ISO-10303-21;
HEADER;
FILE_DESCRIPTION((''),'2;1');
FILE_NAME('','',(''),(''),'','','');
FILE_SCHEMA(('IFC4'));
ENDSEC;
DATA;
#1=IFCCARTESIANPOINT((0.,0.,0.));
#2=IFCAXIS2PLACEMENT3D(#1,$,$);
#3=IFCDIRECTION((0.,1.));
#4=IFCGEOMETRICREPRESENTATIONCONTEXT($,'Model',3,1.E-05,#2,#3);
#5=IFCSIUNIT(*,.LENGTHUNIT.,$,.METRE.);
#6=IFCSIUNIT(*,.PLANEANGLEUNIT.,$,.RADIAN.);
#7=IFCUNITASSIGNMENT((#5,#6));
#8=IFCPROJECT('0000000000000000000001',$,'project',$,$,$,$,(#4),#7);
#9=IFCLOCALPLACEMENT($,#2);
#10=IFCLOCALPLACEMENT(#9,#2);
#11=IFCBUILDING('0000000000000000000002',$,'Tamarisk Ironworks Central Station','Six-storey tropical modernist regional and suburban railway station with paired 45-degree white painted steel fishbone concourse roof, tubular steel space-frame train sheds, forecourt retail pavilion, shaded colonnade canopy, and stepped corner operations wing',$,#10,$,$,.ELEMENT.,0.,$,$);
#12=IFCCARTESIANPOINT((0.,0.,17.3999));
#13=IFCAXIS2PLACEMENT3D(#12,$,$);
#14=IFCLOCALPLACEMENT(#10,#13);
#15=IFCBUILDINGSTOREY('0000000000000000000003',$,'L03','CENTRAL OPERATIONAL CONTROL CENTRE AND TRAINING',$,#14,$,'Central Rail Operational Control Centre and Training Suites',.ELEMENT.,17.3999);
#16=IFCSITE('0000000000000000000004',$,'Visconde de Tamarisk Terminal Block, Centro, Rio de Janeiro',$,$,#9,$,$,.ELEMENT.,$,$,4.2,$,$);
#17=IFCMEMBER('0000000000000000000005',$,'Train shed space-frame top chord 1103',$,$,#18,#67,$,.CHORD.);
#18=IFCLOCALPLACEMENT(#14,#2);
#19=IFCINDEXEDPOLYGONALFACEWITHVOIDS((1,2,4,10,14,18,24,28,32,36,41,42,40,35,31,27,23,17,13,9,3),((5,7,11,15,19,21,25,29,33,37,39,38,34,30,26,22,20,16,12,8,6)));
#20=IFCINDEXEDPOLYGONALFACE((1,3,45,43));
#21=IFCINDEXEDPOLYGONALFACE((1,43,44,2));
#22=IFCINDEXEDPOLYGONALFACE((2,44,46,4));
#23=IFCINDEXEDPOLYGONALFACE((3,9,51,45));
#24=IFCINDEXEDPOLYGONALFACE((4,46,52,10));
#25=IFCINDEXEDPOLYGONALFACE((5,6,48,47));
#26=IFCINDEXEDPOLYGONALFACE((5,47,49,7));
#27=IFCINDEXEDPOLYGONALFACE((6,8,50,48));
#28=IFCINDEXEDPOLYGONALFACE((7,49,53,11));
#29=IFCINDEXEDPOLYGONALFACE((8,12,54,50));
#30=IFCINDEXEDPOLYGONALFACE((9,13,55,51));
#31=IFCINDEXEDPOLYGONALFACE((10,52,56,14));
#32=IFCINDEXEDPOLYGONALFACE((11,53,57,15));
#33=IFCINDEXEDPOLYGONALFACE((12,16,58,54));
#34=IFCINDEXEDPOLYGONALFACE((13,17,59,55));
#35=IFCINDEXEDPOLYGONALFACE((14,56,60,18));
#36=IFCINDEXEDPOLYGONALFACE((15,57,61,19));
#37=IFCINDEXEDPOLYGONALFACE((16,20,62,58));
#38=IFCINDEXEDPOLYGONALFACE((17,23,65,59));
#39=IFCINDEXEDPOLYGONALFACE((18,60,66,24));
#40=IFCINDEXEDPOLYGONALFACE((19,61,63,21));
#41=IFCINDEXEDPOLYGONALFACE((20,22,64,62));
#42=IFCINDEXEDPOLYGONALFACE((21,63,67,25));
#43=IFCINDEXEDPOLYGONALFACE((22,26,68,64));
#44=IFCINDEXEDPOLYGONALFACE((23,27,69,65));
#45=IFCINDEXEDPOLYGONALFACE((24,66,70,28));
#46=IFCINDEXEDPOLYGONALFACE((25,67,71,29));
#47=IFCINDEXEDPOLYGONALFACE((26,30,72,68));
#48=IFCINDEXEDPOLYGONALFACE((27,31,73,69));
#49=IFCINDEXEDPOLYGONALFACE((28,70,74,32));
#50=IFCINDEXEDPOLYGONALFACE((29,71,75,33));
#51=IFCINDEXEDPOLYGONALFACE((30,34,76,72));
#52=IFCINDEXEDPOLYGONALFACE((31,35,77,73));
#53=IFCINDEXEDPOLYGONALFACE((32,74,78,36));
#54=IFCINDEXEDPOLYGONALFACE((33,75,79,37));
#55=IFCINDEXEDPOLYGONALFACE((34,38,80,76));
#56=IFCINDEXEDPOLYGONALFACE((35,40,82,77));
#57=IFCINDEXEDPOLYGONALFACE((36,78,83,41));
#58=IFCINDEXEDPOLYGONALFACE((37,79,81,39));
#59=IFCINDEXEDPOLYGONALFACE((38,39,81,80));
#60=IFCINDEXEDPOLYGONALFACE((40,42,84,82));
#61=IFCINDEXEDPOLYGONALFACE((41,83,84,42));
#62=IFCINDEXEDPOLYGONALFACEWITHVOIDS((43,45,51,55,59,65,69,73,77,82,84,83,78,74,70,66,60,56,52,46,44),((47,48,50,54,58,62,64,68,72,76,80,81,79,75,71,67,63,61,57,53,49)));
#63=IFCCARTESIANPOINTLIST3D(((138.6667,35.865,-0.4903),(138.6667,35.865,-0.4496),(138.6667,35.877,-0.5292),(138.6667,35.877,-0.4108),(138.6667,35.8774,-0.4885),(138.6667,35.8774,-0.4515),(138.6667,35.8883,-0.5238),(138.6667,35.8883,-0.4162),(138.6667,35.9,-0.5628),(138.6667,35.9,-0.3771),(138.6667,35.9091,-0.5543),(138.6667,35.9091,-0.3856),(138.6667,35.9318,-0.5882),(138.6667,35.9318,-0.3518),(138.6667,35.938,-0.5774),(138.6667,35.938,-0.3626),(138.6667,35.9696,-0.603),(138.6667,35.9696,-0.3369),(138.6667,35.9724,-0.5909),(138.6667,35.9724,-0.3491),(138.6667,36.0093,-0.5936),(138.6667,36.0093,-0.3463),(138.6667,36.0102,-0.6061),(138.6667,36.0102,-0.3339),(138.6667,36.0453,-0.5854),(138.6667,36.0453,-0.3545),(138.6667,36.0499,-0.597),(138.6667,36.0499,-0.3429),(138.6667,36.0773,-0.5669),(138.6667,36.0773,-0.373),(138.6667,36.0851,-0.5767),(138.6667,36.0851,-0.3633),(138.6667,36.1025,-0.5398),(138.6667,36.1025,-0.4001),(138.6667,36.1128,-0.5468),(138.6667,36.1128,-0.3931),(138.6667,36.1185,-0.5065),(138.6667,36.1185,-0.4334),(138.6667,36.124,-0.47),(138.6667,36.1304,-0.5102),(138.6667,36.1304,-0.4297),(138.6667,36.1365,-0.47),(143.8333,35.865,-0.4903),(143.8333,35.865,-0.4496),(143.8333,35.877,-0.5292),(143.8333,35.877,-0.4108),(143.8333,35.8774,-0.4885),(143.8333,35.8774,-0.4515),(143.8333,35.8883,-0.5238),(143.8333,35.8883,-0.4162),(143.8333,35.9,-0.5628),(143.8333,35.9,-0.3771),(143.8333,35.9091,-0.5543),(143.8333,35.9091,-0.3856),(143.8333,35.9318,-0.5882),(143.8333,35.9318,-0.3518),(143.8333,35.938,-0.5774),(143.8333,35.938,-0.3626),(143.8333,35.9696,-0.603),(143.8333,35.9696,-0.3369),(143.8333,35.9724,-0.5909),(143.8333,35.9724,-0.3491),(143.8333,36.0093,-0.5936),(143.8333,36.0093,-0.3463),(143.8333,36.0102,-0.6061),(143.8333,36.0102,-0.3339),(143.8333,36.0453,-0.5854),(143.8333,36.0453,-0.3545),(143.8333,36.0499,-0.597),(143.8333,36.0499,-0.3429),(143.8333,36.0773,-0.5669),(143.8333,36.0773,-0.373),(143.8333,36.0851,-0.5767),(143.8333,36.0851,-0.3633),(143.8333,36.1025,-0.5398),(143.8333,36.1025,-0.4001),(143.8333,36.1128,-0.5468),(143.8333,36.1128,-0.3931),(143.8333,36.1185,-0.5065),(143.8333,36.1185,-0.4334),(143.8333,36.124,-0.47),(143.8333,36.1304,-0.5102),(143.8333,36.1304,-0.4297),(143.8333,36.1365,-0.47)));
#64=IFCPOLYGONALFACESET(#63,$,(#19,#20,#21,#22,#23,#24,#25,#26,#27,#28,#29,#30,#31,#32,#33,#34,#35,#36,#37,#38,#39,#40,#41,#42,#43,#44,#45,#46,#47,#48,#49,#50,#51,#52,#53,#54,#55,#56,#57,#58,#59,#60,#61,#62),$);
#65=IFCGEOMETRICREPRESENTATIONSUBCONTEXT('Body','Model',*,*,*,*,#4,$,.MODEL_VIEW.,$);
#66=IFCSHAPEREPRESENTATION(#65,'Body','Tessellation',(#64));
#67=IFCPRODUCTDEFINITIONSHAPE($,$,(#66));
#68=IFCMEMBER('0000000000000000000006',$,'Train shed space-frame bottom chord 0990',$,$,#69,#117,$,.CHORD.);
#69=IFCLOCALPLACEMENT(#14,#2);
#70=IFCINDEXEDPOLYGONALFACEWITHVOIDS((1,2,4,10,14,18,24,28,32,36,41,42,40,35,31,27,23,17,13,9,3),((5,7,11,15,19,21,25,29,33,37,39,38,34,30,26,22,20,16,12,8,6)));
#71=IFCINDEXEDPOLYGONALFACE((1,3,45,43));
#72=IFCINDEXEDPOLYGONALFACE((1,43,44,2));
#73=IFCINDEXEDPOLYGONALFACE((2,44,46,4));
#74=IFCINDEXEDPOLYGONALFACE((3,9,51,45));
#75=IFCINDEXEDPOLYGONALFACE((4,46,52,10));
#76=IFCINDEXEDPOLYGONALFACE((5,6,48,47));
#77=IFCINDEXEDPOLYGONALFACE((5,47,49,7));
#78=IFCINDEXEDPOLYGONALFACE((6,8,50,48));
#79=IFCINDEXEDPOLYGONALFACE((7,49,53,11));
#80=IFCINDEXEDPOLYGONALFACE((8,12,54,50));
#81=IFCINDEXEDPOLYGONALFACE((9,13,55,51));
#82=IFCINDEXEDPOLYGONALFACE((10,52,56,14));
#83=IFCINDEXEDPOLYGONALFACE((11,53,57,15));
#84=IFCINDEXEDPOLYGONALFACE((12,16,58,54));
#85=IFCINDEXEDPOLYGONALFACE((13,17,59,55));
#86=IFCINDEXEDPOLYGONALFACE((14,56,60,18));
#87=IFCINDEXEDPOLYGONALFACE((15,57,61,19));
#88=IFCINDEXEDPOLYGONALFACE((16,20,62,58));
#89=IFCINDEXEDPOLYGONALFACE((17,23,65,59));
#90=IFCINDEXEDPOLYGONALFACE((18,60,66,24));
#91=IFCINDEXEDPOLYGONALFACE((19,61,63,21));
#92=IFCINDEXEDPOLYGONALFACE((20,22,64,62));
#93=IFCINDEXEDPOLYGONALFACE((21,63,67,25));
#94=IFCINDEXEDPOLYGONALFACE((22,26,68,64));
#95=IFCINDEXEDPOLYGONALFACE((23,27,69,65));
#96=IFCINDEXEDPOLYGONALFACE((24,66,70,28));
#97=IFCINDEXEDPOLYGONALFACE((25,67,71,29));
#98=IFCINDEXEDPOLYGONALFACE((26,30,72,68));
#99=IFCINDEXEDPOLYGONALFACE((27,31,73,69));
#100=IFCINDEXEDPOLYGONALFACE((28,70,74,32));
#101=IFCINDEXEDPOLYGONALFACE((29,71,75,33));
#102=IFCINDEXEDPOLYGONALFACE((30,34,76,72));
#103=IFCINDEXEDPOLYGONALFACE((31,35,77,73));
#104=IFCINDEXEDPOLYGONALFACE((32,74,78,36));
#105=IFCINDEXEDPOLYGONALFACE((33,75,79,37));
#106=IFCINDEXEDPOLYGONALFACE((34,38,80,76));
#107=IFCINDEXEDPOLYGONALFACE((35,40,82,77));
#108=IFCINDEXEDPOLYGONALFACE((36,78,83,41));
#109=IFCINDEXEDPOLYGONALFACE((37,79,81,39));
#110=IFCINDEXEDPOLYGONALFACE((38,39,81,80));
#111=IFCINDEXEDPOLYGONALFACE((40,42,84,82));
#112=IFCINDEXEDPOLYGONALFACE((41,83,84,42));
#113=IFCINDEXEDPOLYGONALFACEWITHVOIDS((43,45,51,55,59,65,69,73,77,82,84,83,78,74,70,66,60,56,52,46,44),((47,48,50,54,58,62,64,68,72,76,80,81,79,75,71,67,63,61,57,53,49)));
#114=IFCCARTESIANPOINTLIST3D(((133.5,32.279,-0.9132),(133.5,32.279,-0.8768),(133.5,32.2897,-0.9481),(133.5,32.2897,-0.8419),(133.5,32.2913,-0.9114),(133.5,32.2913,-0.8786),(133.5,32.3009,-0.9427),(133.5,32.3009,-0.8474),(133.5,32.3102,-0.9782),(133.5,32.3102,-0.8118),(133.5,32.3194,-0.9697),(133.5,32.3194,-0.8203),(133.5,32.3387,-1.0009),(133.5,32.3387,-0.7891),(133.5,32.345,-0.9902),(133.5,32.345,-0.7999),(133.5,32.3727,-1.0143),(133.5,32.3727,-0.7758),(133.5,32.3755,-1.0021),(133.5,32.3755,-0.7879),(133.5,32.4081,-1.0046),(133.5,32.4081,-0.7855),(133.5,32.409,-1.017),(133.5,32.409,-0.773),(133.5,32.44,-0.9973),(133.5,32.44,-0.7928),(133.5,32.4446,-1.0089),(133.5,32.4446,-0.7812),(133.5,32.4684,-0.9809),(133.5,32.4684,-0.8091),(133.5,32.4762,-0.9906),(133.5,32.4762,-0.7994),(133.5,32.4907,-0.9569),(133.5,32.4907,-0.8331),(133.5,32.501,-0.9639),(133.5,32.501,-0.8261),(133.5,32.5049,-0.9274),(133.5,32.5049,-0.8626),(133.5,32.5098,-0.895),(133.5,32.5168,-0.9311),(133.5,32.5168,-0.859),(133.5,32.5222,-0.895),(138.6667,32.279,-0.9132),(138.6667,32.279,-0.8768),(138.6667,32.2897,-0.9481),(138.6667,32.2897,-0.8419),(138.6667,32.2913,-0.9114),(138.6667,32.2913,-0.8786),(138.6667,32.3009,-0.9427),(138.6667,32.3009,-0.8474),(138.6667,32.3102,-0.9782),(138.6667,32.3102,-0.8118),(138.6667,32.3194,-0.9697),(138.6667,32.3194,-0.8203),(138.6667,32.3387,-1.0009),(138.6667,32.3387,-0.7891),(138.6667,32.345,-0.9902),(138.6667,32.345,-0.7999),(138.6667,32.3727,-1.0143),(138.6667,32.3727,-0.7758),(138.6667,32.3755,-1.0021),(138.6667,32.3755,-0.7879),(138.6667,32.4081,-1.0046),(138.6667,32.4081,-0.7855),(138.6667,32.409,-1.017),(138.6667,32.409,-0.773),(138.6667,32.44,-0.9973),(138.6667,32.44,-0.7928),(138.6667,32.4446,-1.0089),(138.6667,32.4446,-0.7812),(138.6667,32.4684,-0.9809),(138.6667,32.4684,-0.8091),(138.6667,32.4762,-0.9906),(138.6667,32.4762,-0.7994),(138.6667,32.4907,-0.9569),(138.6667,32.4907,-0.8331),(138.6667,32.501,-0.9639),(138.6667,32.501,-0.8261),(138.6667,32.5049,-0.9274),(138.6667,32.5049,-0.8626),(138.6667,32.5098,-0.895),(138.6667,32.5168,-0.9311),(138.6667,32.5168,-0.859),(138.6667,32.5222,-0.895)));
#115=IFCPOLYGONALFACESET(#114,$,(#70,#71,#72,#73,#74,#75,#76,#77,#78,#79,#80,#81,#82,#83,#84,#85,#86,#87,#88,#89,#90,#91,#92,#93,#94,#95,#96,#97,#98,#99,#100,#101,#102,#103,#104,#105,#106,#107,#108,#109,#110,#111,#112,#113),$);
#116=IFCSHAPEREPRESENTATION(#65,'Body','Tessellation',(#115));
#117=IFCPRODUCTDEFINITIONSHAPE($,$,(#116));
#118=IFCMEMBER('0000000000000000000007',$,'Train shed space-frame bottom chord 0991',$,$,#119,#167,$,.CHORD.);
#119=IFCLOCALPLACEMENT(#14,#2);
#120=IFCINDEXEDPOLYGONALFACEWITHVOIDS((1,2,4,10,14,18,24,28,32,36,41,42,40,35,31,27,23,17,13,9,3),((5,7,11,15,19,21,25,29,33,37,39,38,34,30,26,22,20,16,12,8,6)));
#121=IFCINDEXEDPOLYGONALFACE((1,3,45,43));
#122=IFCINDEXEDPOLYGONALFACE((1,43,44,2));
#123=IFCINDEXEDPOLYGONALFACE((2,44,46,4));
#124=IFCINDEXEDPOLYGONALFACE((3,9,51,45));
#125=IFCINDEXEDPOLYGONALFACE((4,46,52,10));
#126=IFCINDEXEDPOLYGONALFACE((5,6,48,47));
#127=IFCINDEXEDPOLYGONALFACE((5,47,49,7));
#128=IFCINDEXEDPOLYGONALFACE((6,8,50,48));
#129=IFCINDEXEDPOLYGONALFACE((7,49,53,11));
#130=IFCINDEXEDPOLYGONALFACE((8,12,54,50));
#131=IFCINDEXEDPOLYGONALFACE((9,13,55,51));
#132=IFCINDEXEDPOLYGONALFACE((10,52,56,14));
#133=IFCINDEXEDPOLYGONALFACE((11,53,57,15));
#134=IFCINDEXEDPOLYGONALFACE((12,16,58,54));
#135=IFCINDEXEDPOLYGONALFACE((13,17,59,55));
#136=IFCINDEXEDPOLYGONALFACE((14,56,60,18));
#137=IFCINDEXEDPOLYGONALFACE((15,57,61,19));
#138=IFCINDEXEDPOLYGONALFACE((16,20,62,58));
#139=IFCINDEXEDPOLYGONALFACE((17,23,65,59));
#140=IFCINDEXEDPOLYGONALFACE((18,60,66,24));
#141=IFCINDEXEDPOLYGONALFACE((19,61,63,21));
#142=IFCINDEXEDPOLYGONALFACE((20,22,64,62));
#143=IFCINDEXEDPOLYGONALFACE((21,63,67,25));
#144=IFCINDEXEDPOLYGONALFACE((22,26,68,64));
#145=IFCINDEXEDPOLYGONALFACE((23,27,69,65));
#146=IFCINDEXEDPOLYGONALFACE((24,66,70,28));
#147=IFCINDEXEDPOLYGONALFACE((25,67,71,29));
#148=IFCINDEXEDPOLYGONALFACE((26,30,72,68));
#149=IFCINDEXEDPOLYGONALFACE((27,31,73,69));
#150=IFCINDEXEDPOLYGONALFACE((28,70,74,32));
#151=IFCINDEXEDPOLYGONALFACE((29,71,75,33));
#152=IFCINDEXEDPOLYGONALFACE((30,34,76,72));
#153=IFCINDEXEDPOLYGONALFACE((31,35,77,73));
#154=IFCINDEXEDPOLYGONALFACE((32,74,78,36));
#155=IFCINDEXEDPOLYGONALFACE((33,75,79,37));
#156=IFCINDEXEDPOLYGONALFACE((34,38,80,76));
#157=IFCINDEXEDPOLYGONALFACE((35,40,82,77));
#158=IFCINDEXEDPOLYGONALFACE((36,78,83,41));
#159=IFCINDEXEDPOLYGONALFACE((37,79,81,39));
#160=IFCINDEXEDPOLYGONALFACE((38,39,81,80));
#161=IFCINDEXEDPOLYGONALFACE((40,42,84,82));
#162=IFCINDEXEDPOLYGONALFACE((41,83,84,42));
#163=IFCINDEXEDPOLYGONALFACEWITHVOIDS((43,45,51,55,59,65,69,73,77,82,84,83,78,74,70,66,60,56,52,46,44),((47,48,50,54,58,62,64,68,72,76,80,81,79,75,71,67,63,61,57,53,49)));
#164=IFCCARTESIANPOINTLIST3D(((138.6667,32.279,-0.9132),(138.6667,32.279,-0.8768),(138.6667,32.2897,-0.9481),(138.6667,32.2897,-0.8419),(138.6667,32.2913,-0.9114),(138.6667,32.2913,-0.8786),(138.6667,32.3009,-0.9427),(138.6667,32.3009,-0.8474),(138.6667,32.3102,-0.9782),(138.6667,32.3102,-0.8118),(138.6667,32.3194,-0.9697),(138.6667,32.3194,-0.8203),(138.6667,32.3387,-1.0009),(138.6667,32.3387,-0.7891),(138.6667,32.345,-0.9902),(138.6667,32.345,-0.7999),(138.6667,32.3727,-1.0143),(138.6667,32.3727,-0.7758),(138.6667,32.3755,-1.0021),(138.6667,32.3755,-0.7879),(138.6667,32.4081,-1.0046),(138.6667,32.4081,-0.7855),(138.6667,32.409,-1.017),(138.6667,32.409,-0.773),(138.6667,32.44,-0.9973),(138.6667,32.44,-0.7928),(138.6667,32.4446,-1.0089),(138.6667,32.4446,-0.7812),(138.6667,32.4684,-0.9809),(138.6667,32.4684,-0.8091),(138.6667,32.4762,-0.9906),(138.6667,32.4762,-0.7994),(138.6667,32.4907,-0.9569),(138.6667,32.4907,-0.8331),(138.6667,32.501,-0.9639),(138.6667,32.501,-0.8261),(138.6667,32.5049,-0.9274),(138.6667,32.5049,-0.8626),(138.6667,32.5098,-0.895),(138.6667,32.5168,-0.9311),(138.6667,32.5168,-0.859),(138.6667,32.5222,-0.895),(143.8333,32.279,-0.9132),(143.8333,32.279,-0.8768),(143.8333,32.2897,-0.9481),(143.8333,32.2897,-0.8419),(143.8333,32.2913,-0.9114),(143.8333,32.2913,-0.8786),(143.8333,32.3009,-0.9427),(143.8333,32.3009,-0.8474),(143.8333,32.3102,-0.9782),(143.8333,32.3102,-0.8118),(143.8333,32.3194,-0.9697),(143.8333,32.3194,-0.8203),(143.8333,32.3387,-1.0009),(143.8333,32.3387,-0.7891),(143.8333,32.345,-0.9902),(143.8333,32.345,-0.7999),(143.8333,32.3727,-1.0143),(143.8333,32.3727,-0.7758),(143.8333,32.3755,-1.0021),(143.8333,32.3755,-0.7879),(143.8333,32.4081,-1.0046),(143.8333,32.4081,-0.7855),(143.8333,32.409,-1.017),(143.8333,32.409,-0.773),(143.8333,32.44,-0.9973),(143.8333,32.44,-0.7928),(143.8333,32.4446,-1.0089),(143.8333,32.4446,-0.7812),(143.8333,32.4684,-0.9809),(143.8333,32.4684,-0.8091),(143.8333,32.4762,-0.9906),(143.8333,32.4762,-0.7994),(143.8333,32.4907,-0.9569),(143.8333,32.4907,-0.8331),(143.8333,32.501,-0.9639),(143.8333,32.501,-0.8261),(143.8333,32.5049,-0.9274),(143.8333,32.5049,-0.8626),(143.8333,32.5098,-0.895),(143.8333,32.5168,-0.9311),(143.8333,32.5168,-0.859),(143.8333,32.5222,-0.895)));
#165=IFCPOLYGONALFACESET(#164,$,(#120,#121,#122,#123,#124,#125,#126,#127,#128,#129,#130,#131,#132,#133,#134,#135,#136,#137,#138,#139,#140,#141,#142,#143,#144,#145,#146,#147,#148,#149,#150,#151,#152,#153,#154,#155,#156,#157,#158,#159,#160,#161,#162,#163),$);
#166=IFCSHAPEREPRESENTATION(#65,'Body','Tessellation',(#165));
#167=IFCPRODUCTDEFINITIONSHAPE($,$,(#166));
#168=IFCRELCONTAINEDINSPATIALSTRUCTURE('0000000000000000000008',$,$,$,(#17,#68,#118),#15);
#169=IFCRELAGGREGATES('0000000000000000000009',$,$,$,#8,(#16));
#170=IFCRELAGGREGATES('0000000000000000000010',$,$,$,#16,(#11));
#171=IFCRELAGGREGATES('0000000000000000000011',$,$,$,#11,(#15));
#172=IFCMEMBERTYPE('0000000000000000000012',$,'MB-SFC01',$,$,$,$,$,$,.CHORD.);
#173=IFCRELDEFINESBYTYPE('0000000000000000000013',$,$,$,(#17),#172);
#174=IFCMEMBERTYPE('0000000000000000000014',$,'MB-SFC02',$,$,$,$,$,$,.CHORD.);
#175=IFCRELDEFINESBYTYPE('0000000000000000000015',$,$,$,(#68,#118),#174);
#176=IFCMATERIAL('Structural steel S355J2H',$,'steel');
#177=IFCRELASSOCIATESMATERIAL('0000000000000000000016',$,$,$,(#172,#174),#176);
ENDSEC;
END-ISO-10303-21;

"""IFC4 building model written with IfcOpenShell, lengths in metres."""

from ifc_helpers import new_model, si_unit, direction, frame, origin, origin_2d, place, context, subcontext, project, spatial, hollow_circle, extrude, material, material_profile, profile_set, type_object, element, save


model = new_model("IFC4")

# Units and contexts
model_context = context("Model", 3, precision=1e-05, world=origin(), true_north=direction((0.0, 1.0)))
body_context = subcontext(model_context, "Body", "Model", "MODEL_VIEW")
ifc_project = project(units=[si_unit("LENGTHUNIT", "METRE"), si_unit("PLANEANGLEUNIT", "RADIAN")], contexts=[model_context])

# Site, building, storey
site_placement = place(None, origin())
site = spatial("IfcSite", under=ifc_project, at=site_placement, Name="Visconde de Tamarisk Terminal Block, Centro, Rio de Janeiro", CompositionType="ELEMENT", RefElevation=4.2)
building_placement = place(site_placement, origin())
building = spatial("IfcBuilding", under=site, at=building_placement, Name="Tamarisk Ironworks Central Station", Description="Six-storey tropical modernist regional and suburban railway station with paired 45-degree white painted steel fishbone concourse roof, tubular steel space-frame train sheds, forecourt retail pavilion, shaded colonnade canopy, and stepped corner operations wing", CompositionType="ELEMENT", ElevationOfRefHeight=0.0)
storey_placement = place(building_placement, frame((0.0, 0.0, 17.3999)))
storey = spatial("IfcBuildingStorey", under=building, at=storey_placement, Name="L03", Description="CENTRAL OPERATIONAL CONTROL CENTRE AND TRAINING", LongName="Central Rail Operational Control Centre and Training Suites", CompositionType="ELEMENT", Elevation=17.3999)

# Members
ifc_material_1 = material(Name="Structural steel S355J2H", Category="steel")
ifc_material_profile_1 = material_profile(ifc_material_1, hollow_circle(Radius=0.1365, WallThickness=0.0125, at=origin_2d()), Name="CHS 273x12.5")
ifc_profile_set_1 = profile_set([ifc_material_profile_1], Name="Structural steel S355J2H")
member_type_1 = type_object("IfcMemberType", Name="MB-SFC01", PredefinedType="CHORD", material=ifc_profile_set_1)
member_1_placement = place(storey_placement, frame((138.6667, 36.0, -0.47), z_axis=(1.0, 0.0, 0.0), x_axis=(0.0, 1.0, 0.0)))
element("IfcMember", 1, at=member_1_placement, inside=storey, type_object=member_type_1, Name="Train shed space-frame top chord 1103", PredefinedType="CHORD", context=body_context, shape_type="SweptSolid", body=[
    extrude(hollow_circle(Radius=0.1365, WallThickness=0.0125, at=origin_2d()), origin(), (0.0, 0.0, 1.0), 5.1665),
])
ifc_material_profile_2 = material_profile(ifc_material_1, hollow_circle(Radius=0.1223, WallThickness=0.0125, at=origin_2d()), Name="CHS 244.5x12.5")
ifc_profile_set_2 = profile_set([ifc_material_profile_2], Name="Structural steel S355J2H")
member_type_2 = type_object("IfcMemberType", Name="MB-SFC02", PredefinedType="CHORD", material=ifc_profile_set_2)
member_2_placement = place(storey_placement, frame((133.5, 32.3999, -0.895), z_axis=(1.0, 0.0, 0.0), x_axis=(0.0, 1.0, 0.0)))
element("IfcMember", 2, at=member_2_placement, inside=storey, type_object=member_type_2, Name="Train shed space-frame bottom chord 0990", PredefinedType="CHORD", context=body_context, shape_type="SweptSolid", body=[
    extrude(hollow_circle(Radius=0.1223, WallThickness=0.0125, at=origin_2d()), origin(), (0.0, 0.0, 1.0), 5.1667),
])
member_3_placement = place(storey_placement, frame((138.6667, 32.3999, -0.895), z_axis=(1.0, 0.0, 0.0), x_axis=(0.0, 1.0, 0.0)))
element("IfcMember", 3, at=member_3_placement, inside=storey, type_object=member_type_2, Name="Train shed space-frame bottom chord 0991", PredefinedType="CHORD", context=body_context, shape_type="SweptSolid", body=[
    extrude(hollow_circle(Radius=0.1223, WallThickness=0.0125, at=origin_2d()), origin(), (0.0, 0.0, 1.0), 5.1665),
])

save(model, "model.ifc")
